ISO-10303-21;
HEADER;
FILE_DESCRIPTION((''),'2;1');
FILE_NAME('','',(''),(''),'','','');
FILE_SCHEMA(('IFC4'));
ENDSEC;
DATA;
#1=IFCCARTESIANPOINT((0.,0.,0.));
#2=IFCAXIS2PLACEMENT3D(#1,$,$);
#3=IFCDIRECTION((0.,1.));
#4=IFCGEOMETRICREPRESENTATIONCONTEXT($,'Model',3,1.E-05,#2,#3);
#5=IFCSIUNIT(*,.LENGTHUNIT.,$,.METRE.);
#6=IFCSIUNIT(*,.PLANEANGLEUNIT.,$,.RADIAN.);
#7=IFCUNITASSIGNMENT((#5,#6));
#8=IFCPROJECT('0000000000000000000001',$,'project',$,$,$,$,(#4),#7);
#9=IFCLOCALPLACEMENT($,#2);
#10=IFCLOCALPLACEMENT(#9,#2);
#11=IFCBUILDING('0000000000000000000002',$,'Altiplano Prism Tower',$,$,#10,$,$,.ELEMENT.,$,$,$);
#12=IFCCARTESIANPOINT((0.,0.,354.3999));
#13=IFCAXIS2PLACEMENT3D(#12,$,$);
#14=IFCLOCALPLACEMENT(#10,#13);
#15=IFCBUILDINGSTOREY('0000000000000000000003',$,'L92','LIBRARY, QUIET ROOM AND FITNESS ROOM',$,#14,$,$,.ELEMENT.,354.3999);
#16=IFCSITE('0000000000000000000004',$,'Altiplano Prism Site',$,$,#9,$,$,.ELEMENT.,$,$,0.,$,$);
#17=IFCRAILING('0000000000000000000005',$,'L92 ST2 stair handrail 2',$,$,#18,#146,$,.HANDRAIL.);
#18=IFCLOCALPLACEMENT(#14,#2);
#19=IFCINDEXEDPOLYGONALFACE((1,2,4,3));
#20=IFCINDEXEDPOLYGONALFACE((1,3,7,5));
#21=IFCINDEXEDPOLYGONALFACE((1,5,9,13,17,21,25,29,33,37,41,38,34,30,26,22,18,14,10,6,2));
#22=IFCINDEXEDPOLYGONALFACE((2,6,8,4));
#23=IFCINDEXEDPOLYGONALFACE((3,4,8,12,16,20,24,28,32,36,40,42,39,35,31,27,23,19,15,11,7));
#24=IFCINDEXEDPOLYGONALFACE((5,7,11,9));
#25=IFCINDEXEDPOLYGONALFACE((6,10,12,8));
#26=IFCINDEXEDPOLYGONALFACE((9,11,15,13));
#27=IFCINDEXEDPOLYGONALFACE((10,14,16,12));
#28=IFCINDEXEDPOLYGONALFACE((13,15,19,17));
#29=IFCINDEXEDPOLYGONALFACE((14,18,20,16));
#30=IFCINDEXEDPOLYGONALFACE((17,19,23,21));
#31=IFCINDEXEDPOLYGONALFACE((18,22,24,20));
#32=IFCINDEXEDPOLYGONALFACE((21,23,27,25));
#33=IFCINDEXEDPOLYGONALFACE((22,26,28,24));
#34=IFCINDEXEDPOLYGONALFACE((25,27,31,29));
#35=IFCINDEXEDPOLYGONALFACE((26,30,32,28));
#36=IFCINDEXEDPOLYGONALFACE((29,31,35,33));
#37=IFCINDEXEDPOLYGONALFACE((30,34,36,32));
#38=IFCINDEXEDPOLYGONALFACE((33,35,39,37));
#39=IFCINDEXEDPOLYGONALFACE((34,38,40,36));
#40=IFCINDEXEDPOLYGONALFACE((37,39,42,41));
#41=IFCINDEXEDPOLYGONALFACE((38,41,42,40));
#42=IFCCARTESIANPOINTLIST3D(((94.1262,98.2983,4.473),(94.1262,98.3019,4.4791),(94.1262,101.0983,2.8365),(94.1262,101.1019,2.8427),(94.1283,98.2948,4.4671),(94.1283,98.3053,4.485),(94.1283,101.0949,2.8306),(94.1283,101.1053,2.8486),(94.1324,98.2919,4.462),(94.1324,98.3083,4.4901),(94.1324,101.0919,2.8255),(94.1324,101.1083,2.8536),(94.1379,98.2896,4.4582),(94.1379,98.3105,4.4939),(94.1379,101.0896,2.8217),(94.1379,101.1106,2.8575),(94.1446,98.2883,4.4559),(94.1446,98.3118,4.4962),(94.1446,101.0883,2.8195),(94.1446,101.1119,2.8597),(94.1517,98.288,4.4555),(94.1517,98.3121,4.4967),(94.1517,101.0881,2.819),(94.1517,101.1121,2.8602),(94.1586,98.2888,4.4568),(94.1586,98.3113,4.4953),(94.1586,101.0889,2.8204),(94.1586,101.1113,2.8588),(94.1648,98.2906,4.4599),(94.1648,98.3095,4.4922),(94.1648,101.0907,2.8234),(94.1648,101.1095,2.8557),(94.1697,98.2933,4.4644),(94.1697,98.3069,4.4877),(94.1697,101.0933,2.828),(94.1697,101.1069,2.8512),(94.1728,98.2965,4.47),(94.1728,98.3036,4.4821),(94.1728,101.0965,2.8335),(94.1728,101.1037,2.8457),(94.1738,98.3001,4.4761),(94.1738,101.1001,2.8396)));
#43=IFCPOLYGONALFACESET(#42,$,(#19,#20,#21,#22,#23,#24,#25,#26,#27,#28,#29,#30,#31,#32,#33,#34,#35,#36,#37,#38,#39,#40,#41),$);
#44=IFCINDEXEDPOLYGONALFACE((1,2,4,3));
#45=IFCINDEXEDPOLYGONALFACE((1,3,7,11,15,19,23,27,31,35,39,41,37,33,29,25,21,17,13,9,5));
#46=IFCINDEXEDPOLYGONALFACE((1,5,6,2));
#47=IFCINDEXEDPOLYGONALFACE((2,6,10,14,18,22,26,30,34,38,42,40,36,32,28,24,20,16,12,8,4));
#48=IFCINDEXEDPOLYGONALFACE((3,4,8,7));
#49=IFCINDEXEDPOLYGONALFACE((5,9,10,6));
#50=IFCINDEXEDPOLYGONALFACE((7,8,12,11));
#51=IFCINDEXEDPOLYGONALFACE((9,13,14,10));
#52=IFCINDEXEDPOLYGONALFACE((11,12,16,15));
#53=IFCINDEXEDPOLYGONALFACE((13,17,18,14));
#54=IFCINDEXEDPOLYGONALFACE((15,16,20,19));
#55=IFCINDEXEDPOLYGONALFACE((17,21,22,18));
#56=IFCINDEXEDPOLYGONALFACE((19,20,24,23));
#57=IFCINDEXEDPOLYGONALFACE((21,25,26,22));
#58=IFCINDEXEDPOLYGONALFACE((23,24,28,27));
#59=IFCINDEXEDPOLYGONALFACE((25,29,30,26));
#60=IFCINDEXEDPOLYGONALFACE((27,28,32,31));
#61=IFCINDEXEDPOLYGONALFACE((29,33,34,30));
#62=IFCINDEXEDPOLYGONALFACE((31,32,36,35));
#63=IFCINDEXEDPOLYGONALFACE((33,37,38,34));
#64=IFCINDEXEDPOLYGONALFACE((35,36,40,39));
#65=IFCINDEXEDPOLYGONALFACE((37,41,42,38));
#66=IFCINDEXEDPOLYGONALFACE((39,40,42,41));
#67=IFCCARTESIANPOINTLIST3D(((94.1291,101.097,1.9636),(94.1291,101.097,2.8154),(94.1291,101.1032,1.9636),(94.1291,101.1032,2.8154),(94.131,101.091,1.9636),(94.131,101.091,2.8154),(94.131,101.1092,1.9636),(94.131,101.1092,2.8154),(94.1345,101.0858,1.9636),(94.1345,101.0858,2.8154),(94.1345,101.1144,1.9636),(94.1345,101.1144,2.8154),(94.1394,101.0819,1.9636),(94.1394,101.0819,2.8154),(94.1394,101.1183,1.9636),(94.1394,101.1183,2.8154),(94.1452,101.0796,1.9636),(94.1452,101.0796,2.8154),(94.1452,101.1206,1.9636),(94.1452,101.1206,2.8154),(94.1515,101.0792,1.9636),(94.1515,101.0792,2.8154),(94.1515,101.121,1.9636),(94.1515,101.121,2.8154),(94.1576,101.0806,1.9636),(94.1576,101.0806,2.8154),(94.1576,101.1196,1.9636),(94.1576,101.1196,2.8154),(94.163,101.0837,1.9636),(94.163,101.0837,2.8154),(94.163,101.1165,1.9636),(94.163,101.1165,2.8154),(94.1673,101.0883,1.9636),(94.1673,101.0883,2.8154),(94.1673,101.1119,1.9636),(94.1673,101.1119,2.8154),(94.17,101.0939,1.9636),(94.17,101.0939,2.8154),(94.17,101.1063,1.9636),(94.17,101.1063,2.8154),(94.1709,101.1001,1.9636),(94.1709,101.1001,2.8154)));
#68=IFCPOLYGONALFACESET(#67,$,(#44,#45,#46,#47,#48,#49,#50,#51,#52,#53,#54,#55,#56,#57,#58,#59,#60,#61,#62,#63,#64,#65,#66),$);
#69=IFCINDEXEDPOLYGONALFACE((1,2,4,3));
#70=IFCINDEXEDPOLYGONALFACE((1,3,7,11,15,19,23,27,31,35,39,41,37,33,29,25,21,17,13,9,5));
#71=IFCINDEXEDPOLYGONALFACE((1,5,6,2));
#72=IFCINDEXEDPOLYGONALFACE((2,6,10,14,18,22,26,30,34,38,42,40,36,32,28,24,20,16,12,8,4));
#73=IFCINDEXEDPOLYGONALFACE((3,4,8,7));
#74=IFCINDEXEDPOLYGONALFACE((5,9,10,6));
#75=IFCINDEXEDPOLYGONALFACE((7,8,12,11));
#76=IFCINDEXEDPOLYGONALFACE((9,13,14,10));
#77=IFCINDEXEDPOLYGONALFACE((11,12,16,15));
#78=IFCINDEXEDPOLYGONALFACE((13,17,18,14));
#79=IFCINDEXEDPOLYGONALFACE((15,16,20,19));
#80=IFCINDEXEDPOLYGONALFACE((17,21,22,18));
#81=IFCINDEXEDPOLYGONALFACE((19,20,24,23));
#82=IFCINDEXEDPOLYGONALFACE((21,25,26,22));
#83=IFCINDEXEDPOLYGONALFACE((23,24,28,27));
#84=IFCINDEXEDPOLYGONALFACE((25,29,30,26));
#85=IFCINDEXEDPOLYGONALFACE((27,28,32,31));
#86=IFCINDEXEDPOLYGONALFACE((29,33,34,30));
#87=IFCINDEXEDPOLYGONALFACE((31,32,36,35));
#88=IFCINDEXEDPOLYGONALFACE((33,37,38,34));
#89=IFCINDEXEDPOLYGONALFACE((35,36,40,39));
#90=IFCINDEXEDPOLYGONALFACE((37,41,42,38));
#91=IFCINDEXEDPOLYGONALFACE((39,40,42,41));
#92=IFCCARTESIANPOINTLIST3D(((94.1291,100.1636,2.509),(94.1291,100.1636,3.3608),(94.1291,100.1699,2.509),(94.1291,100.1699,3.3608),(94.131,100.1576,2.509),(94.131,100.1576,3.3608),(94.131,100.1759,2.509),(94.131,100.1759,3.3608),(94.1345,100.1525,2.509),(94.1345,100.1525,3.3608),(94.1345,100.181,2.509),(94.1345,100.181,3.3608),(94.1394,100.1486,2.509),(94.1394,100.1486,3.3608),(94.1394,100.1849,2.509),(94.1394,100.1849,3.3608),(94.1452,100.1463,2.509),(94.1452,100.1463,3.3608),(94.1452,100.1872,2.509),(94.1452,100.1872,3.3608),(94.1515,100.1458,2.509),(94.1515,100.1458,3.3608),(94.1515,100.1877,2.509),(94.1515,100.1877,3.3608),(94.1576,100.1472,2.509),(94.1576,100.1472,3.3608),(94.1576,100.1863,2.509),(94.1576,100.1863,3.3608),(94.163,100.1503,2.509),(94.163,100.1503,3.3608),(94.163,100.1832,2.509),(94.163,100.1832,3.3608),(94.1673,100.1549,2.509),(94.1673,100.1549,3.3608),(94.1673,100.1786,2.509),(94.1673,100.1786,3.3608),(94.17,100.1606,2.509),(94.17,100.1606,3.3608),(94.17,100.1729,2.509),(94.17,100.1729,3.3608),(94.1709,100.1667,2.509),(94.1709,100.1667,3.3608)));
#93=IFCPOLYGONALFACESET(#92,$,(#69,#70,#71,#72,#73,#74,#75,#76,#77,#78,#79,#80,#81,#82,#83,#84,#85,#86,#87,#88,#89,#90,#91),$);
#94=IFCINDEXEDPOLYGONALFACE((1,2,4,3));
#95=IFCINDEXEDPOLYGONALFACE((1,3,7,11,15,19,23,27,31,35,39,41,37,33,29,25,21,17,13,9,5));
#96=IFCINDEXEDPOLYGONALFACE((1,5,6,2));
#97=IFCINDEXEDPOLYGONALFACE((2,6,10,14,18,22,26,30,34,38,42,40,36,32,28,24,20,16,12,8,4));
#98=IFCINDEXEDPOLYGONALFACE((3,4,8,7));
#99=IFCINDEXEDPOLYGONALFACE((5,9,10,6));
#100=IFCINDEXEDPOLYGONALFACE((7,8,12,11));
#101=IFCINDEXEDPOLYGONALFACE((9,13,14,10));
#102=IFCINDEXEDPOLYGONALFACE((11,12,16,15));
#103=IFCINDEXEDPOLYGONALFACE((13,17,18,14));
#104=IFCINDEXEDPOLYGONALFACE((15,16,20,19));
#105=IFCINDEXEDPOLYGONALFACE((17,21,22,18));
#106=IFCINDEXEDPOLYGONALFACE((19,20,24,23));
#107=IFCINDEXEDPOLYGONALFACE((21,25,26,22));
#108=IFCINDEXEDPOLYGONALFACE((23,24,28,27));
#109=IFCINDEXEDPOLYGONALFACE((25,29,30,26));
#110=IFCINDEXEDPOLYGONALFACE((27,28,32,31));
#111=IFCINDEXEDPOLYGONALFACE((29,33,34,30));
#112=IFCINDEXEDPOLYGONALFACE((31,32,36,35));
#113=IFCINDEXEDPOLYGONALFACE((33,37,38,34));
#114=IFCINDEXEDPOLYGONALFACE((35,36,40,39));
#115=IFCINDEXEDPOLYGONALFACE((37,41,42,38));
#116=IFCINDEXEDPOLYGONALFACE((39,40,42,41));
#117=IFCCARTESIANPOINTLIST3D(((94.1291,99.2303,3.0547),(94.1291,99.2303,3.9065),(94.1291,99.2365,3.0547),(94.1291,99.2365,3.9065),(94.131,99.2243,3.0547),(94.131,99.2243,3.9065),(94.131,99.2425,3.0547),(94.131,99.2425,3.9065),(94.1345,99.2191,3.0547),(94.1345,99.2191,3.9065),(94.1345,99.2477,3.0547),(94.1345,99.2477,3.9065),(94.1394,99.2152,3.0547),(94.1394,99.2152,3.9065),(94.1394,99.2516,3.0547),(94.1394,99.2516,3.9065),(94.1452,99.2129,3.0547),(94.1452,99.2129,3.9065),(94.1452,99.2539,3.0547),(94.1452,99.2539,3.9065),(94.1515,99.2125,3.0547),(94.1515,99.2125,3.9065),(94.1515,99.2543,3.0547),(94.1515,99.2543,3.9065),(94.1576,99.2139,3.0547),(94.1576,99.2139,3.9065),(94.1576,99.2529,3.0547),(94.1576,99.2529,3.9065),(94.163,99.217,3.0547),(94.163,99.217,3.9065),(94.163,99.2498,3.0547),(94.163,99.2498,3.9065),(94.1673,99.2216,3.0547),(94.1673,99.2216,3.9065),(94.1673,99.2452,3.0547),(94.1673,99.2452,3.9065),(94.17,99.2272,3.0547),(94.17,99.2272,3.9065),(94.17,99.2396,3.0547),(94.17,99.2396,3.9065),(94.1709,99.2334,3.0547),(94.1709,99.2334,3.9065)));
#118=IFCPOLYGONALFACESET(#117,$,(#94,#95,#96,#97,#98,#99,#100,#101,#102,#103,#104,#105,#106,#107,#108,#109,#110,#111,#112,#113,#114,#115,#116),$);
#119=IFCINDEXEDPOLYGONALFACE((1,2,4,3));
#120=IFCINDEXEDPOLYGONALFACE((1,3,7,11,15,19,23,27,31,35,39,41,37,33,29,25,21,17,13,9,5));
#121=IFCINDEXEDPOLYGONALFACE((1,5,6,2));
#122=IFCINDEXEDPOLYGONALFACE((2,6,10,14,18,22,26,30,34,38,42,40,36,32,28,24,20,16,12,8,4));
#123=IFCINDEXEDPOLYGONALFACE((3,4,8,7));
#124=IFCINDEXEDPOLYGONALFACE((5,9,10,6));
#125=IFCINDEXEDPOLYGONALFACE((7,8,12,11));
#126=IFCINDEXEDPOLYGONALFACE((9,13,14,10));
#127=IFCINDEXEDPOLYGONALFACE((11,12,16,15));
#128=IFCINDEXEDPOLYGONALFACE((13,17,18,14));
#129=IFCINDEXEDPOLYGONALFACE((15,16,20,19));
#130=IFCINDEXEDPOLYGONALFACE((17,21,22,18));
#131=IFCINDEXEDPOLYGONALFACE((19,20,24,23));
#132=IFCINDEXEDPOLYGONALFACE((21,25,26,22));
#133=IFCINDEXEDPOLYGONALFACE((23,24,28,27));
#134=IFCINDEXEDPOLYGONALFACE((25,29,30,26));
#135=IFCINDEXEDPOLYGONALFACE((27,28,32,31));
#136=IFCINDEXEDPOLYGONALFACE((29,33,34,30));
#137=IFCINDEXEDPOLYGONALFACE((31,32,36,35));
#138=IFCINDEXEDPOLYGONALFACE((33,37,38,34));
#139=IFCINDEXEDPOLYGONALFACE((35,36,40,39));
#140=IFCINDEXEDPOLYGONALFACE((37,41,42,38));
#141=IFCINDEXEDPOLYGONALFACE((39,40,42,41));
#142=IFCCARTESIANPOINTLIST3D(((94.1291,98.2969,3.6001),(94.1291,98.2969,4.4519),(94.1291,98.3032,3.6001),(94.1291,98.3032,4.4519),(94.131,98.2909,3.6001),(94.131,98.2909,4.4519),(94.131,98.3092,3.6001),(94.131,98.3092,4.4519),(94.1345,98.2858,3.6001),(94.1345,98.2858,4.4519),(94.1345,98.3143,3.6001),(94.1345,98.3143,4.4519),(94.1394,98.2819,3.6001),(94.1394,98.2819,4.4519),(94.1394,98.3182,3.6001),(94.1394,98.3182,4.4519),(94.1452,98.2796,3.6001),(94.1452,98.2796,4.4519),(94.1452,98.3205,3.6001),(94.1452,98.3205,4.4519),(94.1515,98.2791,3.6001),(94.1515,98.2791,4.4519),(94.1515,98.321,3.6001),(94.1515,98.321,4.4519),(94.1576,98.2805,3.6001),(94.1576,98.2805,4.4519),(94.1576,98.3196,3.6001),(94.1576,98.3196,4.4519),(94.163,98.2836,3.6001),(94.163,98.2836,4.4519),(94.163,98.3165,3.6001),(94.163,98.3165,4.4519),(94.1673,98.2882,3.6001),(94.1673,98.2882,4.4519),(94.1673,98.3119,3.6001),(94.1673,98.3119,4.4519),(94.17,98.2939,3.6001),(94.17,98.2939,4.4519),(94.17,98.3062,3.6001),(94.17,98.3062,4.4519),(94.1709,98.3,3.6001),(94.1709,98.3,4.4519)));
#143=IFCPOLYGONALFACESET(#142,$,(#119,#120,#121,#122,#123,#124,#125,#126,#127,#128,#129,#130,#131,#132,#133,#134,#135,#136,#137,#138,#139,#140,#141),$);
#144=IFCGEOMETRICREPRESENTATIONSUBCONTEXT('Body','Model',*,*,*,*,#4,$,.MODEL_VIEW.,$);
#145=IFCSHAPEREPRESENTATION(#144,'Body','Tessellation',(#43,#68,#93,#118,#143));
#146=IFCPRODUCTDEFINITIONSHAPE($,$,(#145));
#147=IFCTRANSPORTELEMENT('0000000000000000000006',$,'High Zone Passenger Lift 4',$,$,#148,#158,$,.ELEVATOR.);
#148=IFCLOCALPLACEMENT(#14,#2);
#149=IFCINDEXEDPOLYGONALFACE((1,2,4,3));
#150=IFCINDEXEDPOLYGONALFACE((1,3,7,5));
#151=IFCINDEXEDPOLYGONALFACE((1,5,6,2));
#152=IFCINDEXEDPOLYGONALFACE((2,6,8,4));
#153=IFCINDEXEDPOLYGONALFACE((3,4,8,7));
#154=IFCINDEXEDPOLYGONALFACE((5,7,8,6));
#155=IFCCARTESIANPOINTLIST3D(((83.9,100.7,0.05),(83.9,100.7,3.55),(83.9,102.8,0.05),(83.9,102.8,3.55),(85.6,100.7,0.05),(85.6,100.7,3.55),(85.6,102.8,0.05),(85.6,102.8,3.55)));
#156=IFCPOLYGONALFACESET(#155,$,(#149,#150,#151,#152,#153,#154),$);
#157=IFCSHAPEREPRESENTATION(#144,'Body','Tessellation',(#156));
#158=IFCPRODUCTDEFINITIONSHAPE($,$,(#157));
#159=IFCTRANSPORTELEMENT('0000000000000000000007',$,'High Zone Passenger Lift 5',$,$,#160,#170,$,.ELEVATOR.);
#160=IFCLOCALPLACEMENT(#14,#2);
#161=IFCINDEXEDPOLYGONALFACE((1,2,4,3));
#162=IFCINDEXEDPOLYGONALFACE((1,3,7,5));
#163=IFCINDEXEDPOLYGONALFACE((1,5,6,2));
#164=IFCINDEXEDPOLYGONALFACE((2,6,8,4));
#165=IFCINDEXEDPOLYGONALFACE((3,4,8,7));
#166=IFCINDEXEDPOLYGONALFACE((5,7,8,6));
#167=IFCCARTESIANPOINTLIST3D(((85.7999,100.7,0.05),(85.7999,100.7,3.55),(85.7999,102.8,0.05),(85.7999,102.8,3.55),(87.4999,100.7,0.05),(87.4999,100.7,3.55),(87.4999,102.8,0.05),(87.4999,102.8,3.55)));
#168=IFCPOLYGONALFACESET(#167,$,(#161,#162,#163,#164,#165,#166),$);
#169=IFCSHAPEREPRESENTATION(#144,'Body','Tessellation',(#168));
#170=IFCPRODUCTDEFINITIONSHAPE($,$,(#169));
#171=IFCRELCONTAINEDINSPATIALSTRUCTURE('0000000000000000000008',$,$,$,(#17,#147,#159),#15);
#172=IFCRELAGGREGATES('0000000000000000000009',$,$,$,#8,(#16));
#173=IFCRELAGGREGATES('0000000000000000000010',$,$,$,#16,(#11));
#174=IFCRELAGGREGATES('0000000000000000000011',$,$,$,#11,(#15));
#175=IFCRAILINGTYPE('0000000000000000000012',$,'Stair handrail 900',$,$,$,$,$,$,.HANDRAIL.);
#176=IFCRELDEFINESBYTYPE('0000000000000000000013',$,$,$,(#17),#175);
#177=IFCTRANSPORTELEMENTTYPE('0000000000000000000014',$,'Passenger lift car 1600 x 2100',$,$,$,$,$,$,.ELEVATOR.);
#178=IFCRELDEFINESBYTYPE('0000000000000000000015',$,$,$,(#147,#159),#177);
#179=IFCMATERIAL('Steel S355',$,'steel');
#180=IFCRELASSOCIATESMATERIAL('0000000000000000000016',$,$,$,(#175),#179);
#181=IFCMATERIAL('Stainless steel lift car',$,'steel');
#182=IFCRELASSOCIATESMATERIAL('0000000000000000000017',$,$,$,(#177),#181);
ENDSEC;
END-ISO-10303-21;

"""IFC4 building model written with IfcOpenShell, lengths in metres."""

from ifc_helpers import new_model, si_unit, direction, frame, origin, origin_2d, place, context, subcontext, project, spatial, rectangle, circle, extrude, material, type_object, element, save


model = new_model("IFC4")

# Units and contexts
model_context = context("Model", 3, precision=1e-05, world=origin(), true_north=direction((0.0, 1.0)))
body_context = subcontext(model_context, "Body", "Model", "MODEL_VIEW")
ifc_project = project(units=[si_unit("LENGTHUNIT", "METRE"), si_unit("PLANEANGLEUNIT", "RADIAN")], contexts=[model_context])

# Site, building, storey
site_placement = place(None, origin())
site = spatial("IfcSite", under=ifc_project, at=site_placement, Name="Altiplano Prism Site", CompositionType="ELEMENT", RefElevation=0.0)
building_placement = place(site_placement, origin())
building = spatial("IfcBuilding", under=site, at=building_placement, Name="Altiplano Prism Tower", CompositionType="ELEMENT")
storey_placement = place(building_placement, frame((0.0, 0.0, 354.3999)))
storey = spatial("IfcBuildingStorey", under=building, at=storey_placement, Name="L92", Description="LIBRARY, QUIET ROOM AND FITNESS ROOM", CompositionType="ELEMENT", Elevation=354.3999)

# Shared definitions
ifc_material_1 = material(Name="Steel S355", Category="steel")

# Railing
railing_type_1 = type_object("IfcRailingType", Name="Stair handrail 900", PredefinedType="HANDRAIL", material=ifc_material_1)
railing_1_placement = place(storey_placement, frame((94.1499, 101.1001, 1.9636)))
element("IfcRailing", 1, at=railing_1_placement, inside=storey, type_object=railing_type_1, Name="L92 ST2 stair handrail 2", PredefinedType="HANDRAIL", context=body_context, shape_type="SweptSolid", body=[
    extrude(circle(Radius=0.0239, at=origin_2d()), frame((0.0, 0.0, 0.876), z_axis=(0.0, -0.863361, 0.504587), x_axis=(1.0, 0.0, 0.0)), (0.0, 0.0, 1.0), 3.2432),
    extrude(circle(Radius=0.021, at=origin_2d()), origin(), (0.0, 0.0, 1.0), 0.8518),
    extrude(circle(Radius=0.021, at=origin_2d()), frame((0.0, -0.9333, 0.5454)), (0.0, 0.0, 1.0), 0.8518),
    extrude(circle(Radius=0.021, at=origin_2d()), frame((0.0, -1.8667, 1.0911)), (0.0, 0.0, 1.0), 0.8518),
    extrude(circle(Radius=0.021, at=origin_2d()), frame((0.0, -2.8, 1.6365)), (0.0, 0.0, 1.0), 0.8518),
])

# Transport elements
ifc_material_2 = material(Name="Stainless steel lift car", Category="steel")
transport_element_type = type_object("IfcTransportElementType", Name="Passenger lift car 1600 x 2100", PredefinedType="ELEVATOR", material=ifc_material_2)
for number, where, z_axis, x_axis, name in (
    (2, (84.75, 101.75, 0.05), (0.0, 0.0, 1.0), (1.0, 0.0, 0.0), "High Zone Passenger Lift 4"),
    (3, (86.6499, 101.75, 0.05), (0.0, 0.0, 1.0), (1.0, 0.0, 0.0), "High Zone Passenger Lift 5"),
):
    element("IfcTransportElement", number, at=place(storey_placement, frame(where, z_axis=z_axis, x_axis=x_axis)), inside=storey, type_object=transport_element_type, Name=name, PredefinedType="ELEVATOR", context=body_context, shape_type="SweptSolid", body=[
        extrude(rectangle(XDim=1.7, YDim=2.1001, at=origin_2d()), origin(), (0.0, 0.0, 1.0), 3.5),
    ])

save(model, "model.ifc")
